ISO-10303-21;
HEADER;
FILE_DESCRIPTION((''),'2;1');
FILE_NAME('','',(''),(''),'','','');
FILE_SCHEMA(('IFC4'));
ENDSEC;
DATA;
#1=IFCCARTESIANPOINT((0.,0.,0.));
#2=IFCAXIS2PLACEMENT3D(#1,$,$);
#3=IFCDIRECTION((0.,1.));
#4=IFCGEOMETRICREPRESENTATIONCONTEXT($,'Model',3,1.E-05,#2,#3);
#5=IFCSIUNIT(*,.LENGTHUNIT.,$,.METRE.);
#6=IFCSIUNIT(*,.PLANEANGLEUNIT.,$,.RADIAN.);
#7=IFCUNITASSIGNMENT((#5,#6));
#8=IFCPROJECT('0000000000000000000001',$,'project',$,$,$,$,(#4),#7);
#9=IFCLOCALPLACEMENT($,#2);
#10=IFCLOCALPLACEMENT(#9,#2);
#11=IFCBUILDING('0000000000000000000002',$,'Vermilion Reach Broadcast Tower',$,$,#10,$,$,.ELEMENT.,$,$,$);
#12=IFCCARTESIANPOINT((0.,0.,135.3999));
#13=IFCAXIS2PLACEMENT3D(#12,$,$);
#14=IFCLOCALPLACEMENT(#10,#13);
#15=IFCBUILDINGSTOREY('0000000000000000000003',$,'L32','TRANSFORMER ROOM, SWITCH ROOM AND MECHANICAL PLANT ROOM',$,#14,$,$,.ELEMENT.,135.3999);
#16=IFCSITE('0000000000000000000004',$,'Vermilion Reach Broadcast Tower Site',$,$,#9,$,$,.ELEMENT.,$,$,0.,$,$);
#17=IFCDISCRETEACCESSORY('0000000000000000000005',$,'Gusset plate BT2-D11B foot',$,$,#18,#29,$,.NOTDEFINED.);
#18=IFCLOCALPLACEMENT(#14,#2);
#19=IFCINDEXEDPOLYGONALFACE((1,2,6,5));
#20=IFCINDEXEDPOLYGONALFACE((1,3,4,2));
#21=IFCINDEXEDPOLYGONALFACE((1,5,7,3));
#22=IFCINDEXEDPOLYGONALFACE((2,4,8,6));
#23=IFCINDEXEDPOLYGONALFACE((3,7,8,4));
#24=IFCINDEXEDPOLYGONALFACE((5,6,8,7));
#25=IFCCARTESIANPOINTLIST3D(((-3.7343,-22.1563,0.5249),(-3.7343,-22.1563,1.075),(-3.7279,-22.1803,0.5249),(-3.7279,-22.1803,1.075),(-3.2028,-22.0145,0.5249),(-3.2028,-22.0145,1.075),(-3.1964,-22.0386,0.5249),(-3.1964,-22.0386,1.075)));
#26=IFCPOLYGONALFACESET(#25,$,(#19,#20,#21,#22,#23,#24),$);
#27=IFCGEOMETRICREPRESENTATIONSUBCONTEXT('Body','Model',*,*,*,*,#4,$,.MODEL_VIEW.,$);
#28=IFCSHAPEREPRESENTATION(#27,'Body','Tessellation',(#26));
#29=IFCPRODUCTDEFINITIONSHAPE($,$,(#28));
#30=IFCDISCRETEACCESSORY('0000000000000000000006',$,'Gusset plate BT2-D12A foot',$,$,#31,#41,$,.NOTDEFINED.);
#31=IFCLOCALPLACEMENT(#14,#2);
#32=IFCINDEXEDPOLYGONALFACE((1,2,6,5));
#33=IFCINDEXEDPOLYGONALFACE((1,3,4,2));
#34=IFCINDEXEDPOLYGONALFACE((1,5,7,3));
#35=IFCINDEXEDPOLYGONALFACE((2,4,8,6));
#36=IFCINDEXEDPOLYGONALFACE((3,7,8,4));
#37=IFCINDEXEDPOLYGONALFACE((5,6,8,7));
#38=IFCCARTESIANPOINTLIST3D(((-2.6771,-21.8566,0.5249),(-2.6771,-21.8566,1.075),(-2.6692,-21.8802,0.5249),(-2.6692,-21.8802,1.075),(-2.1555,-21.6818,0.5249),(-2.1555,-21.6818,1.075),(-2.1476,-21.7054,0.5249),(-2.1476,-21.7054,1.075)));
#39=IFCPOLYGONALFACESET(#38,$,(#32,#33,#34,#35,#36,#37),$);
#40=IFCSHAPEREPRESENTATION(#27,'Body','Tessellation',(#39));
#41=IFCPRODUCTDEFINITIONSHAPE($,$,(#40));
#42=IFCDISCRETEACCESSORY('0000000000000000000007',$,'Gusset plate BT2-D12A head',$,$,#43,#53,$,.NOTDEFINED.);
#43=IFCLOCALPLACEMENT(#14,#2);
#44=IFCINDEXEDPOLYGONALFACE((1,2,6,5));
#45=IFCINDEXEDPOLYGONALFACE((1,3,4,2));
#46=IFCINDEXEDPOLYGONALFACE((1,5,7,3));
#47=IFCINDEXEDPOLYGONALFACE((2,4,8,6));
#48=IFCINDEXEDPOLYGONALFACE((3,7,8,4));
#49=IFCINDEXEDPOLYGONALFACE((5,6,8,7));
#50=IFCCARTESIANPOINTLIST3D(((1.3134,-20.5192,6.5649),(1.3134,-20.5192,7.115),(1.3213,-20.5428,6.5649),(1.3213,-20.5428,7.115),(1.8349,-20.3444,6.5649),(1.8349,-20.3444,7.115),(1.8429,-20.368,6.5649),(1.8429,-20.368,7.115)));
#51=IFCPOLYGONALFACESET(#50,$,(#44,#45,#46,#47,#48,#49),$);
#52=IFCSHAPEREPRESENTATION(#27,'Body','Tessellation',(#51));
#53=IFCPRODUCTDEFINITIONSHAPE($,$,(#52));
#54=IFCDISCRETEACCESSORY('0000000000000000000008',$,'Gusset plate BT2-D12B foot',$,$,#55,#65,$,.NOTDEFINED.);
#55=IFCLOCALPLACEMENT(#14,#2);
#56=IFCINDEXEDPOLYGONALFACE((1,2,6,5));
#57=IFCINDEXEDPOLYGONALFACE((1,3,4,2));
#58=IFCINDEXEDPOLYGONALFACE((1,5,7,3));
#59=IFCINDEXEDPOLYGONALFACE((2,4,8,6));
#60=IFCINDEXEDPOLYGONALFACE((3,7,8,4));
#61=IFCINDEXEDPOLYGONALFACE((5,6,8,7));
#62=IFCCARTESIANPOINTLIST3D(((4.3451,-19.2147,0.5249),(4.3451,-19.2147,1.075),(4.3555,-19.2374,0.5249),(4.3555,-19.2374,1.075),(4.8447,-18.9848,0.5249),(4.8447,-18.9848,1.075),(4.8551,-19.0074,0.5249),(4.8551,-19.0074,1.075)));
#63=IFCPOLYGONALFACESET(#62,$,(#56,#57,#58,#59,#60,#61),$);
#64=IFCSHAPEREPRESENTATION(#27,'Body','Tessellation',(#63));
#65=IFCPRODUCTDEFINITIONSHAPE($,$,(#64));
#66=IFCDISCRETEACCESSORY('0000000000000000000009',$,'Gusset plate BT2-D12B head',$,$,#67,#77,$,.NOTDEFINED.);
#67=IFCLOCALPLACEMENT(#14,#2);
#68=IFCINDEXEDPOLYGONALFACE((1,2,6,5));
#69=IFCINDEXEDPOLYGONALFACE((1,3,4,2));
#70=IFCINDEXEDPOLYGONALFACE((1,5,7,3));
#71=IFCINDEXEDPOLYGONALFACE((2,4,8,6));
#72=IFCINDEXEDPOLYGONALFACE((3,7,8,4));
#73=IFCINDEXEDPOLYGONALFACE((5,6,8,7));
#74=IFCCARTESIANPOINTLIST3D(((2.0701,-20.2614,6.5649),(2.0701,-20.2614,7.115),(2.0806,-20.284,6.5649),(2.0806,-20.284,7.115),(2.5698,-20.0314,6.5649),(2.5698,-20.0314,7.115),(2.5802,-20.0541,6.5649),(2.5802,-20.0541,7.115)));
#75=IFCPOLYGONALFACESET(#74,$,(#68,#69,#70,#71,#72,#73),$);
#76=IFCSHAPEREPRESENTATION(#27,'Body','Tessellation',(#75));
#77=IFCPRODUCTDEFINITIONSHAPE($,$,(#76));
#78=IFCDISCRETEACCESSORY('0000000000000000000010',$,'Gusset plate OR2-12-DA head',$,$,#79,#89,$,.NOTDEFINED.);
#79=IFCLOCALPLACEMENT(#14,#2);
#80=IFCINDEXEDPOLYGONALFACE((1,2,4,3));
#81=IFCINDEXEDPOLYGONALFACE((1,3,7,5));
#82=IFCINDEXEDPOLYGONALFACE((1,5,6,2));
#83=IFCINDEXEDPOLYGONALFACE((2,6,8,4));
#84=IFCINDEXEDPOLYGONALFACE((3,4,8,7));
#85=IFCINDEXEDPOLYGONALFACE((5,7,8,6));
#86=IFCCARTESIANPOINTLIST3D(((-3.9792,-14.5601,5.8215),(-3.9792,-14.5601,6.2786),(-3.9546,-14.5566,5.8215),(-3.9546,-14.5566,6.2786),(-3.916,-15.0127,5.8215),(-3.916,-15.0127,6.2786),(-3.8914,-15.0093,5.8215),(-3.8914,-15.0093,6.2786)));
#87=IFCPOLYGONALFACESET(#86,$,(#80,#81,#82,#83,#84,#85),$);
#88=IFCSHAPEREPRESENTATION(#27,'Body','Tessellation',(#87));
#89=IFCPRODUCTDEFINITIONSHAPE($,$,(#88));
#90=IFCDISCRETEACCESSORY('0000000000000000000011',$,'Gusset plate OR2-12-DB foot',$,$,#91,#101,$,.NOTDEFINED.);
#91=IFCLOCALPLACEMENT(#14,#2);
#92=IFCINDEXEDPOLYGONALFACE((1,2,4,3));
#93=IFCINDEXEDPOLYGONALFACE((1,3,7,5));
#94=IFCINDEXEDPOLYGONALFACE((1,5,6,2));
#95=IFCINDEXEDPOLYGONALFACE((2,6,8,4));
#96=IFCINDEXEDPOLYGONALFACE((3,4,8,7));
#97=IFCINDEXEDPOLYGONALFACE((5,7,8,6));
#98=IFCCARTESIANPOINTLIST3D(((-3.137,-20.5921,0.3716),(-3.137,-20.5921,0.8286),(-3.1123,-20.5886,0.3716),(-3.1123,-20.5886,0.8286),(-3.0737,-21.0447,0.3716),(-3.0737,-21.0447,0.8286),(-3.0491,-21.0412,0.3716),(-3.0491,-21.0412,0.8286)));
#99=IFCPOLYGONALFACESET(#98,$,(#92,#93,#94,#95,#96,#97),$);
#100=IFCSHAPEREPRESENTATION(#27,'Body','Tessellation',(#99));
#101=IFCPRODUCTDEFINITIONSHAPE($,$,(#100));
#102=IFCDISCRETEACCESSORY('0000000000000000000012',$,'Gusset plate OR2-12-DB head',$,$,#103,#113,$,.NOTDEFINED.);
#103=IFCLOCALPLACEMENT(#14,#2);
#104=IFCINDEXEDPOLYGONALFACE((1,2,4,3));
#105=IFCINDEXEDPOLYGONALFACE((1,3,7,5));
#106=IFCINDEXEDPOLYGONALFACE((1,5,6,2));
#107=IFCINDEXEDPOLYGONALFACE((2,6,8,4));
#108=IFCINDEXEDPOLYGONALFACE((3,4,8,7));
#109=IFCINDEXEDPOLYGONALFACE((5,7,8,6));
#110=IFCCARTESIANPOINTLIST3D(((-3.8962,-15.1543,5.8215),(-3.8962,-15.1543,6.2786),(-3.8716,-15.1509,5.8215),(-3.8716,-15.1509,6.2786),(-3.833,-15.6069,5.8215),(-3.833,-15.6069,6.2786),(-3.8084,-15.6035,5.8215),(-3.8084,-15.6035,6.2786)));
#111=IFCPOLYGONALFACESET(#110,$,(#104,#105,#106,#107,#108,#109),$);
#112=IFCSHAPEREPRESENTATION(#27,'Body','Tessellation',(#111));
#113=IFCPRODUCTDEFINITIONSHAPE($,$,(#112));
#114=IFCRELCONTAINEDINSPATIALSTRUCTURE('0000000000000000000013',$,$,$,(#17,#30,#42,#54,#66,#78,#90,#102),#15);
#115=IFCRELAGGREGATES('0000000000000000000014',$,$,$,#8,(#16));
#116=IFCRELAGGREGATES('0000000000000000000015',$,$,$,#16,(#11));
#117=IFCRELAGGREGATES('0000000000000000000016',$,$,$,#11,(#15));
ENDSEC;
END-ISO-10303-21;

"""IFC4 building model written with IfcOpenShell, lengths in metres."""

from ifc_helpers import new_model, si_unit, direction, frame, origin, origin_2d, place, context, subcontext, project, spatial, rectangle, extrude, element, save


model = new_model("IFC4")

# Units and contexts
model_context = context("Model", 3, precision=1e-05, world=origin(), true_north=direction((0.0, 1.0)))
body_context = subcontext(model_context, "Body", "Model", "MODEL_VIEW")
ifc_project = project(units=[si_unit("LENGTHUNIT", "METRE"), si_unit("PLANEANGLEUNIT", "RADIAN")], contexts=[model_context])

# Site, building, storey
site_placement = place(None, origin())
site = spatial("IfcSite", under=ifc_project, at=site_placement, Name="Vermilion Reach Broadcast Tower Site", CompositionType="ELEMENT", RefElevation=0.0)
building_placement = place(site_placement, origin())
building = spatial("IfcBuilding", under=site, at=building_placement, Name="Vermilion Reach Broadcast Tower", CompositionType="ELEMENT")
storey_placement = place(building_placement, frame((0.0, 0.0, 135.3999)))
storey = spatial("IfcBuildingStorey", under=building, at=storey_placement, Name="L32", Description="TRANSFORMER ROOM, SWITCH ROOM AND MECHANICAL PLANT ROOM", CompositionType="ELEMENT", Elevation=135.3999)

# Discrete accessories
for number, where, z_axis, x_axis, name in (
    (1, (-3.4653, -22.0974, 0.5249), (0.0, 0.0, 1.0), (0.25769, -0.966228, 0.0), "Gusset plate BT2-D11B foot"),
    (2, (-2.4124, -21.781, 0.5249), (0.0, 0.0, 1.0), (-0.317745, 0.948176, 0.0), "Gusset plate BT2-D12A foot"),
    (3, (1.5781, -20.4436, 6.5649), (0.0, 0.0, 1.0), (-0.317745, 0.948176, 0.0), "Gusset plate BT2-D12A head"),
    (4, (4.6001, -19.1111, 0.5249), (0.0, 0.0, 1.0), (0.418024, -0.908436, 0.0), "Gusset plate BT2-D12B foot"),
    (5, (2.3252, -20.1577, 6.5649), (0.0, 0.0, 1.0), (0.418024, -0.908436, 0.0), "Gusset plate BT2-D12B head"),
):
    element("IfcDiscreteAccessory", number, at=place(storey_placement, frame(where, z_axis=z_axis, x_axis=x_axis)), inside=storey, Name=name, PredefinedType="NOTDEFINED", context=body_context, shape_type="SweptSolid", body=[
        extrude(rectangle(XDim=0.0249, YDim=0.55, at=origin_2d()), origin(), (0.0, 0.0, 1.0), 0.55),
    ])
for number, where, z_axis, x_axis, name in (
    (6, (-3.9353, -14.7847, 5.8215), (0.0, 0.0, 1.0), (0.990389, 0.138309, 0.0), "Gusset plate OR2-12-DA head"),
    (7, (-3.093, -20.8167, 0.3716), (0.0, 0.0, 1.0), (0.990389, 0.138309, 0.0), "Gusset plate OR2-12-DB foot"),
    (8, (-3.8523, -15.3789, 5.8215), (0.0, 0.0, 1.0), (0.990389, 0.138309, 0.0), "Gusset plate OR2-12-DB head"),
):
    element("IfcDiscreteAccessory", number, at=place(storey_placement, frame(where, z_axis=z_axis, x_axis=x_axis)), inside=storey, Name=name, PredefinedType="NOTDEFINED", context=body_context, shape_type="SweptSolid", body=[
        extrude(rectangle(XDim=0.0249, YDim=0.457, at=origin_2d()), origin(), (0.0, 0.0, 1.0), 0.457),
    ])

save(model, "model.ifc")
